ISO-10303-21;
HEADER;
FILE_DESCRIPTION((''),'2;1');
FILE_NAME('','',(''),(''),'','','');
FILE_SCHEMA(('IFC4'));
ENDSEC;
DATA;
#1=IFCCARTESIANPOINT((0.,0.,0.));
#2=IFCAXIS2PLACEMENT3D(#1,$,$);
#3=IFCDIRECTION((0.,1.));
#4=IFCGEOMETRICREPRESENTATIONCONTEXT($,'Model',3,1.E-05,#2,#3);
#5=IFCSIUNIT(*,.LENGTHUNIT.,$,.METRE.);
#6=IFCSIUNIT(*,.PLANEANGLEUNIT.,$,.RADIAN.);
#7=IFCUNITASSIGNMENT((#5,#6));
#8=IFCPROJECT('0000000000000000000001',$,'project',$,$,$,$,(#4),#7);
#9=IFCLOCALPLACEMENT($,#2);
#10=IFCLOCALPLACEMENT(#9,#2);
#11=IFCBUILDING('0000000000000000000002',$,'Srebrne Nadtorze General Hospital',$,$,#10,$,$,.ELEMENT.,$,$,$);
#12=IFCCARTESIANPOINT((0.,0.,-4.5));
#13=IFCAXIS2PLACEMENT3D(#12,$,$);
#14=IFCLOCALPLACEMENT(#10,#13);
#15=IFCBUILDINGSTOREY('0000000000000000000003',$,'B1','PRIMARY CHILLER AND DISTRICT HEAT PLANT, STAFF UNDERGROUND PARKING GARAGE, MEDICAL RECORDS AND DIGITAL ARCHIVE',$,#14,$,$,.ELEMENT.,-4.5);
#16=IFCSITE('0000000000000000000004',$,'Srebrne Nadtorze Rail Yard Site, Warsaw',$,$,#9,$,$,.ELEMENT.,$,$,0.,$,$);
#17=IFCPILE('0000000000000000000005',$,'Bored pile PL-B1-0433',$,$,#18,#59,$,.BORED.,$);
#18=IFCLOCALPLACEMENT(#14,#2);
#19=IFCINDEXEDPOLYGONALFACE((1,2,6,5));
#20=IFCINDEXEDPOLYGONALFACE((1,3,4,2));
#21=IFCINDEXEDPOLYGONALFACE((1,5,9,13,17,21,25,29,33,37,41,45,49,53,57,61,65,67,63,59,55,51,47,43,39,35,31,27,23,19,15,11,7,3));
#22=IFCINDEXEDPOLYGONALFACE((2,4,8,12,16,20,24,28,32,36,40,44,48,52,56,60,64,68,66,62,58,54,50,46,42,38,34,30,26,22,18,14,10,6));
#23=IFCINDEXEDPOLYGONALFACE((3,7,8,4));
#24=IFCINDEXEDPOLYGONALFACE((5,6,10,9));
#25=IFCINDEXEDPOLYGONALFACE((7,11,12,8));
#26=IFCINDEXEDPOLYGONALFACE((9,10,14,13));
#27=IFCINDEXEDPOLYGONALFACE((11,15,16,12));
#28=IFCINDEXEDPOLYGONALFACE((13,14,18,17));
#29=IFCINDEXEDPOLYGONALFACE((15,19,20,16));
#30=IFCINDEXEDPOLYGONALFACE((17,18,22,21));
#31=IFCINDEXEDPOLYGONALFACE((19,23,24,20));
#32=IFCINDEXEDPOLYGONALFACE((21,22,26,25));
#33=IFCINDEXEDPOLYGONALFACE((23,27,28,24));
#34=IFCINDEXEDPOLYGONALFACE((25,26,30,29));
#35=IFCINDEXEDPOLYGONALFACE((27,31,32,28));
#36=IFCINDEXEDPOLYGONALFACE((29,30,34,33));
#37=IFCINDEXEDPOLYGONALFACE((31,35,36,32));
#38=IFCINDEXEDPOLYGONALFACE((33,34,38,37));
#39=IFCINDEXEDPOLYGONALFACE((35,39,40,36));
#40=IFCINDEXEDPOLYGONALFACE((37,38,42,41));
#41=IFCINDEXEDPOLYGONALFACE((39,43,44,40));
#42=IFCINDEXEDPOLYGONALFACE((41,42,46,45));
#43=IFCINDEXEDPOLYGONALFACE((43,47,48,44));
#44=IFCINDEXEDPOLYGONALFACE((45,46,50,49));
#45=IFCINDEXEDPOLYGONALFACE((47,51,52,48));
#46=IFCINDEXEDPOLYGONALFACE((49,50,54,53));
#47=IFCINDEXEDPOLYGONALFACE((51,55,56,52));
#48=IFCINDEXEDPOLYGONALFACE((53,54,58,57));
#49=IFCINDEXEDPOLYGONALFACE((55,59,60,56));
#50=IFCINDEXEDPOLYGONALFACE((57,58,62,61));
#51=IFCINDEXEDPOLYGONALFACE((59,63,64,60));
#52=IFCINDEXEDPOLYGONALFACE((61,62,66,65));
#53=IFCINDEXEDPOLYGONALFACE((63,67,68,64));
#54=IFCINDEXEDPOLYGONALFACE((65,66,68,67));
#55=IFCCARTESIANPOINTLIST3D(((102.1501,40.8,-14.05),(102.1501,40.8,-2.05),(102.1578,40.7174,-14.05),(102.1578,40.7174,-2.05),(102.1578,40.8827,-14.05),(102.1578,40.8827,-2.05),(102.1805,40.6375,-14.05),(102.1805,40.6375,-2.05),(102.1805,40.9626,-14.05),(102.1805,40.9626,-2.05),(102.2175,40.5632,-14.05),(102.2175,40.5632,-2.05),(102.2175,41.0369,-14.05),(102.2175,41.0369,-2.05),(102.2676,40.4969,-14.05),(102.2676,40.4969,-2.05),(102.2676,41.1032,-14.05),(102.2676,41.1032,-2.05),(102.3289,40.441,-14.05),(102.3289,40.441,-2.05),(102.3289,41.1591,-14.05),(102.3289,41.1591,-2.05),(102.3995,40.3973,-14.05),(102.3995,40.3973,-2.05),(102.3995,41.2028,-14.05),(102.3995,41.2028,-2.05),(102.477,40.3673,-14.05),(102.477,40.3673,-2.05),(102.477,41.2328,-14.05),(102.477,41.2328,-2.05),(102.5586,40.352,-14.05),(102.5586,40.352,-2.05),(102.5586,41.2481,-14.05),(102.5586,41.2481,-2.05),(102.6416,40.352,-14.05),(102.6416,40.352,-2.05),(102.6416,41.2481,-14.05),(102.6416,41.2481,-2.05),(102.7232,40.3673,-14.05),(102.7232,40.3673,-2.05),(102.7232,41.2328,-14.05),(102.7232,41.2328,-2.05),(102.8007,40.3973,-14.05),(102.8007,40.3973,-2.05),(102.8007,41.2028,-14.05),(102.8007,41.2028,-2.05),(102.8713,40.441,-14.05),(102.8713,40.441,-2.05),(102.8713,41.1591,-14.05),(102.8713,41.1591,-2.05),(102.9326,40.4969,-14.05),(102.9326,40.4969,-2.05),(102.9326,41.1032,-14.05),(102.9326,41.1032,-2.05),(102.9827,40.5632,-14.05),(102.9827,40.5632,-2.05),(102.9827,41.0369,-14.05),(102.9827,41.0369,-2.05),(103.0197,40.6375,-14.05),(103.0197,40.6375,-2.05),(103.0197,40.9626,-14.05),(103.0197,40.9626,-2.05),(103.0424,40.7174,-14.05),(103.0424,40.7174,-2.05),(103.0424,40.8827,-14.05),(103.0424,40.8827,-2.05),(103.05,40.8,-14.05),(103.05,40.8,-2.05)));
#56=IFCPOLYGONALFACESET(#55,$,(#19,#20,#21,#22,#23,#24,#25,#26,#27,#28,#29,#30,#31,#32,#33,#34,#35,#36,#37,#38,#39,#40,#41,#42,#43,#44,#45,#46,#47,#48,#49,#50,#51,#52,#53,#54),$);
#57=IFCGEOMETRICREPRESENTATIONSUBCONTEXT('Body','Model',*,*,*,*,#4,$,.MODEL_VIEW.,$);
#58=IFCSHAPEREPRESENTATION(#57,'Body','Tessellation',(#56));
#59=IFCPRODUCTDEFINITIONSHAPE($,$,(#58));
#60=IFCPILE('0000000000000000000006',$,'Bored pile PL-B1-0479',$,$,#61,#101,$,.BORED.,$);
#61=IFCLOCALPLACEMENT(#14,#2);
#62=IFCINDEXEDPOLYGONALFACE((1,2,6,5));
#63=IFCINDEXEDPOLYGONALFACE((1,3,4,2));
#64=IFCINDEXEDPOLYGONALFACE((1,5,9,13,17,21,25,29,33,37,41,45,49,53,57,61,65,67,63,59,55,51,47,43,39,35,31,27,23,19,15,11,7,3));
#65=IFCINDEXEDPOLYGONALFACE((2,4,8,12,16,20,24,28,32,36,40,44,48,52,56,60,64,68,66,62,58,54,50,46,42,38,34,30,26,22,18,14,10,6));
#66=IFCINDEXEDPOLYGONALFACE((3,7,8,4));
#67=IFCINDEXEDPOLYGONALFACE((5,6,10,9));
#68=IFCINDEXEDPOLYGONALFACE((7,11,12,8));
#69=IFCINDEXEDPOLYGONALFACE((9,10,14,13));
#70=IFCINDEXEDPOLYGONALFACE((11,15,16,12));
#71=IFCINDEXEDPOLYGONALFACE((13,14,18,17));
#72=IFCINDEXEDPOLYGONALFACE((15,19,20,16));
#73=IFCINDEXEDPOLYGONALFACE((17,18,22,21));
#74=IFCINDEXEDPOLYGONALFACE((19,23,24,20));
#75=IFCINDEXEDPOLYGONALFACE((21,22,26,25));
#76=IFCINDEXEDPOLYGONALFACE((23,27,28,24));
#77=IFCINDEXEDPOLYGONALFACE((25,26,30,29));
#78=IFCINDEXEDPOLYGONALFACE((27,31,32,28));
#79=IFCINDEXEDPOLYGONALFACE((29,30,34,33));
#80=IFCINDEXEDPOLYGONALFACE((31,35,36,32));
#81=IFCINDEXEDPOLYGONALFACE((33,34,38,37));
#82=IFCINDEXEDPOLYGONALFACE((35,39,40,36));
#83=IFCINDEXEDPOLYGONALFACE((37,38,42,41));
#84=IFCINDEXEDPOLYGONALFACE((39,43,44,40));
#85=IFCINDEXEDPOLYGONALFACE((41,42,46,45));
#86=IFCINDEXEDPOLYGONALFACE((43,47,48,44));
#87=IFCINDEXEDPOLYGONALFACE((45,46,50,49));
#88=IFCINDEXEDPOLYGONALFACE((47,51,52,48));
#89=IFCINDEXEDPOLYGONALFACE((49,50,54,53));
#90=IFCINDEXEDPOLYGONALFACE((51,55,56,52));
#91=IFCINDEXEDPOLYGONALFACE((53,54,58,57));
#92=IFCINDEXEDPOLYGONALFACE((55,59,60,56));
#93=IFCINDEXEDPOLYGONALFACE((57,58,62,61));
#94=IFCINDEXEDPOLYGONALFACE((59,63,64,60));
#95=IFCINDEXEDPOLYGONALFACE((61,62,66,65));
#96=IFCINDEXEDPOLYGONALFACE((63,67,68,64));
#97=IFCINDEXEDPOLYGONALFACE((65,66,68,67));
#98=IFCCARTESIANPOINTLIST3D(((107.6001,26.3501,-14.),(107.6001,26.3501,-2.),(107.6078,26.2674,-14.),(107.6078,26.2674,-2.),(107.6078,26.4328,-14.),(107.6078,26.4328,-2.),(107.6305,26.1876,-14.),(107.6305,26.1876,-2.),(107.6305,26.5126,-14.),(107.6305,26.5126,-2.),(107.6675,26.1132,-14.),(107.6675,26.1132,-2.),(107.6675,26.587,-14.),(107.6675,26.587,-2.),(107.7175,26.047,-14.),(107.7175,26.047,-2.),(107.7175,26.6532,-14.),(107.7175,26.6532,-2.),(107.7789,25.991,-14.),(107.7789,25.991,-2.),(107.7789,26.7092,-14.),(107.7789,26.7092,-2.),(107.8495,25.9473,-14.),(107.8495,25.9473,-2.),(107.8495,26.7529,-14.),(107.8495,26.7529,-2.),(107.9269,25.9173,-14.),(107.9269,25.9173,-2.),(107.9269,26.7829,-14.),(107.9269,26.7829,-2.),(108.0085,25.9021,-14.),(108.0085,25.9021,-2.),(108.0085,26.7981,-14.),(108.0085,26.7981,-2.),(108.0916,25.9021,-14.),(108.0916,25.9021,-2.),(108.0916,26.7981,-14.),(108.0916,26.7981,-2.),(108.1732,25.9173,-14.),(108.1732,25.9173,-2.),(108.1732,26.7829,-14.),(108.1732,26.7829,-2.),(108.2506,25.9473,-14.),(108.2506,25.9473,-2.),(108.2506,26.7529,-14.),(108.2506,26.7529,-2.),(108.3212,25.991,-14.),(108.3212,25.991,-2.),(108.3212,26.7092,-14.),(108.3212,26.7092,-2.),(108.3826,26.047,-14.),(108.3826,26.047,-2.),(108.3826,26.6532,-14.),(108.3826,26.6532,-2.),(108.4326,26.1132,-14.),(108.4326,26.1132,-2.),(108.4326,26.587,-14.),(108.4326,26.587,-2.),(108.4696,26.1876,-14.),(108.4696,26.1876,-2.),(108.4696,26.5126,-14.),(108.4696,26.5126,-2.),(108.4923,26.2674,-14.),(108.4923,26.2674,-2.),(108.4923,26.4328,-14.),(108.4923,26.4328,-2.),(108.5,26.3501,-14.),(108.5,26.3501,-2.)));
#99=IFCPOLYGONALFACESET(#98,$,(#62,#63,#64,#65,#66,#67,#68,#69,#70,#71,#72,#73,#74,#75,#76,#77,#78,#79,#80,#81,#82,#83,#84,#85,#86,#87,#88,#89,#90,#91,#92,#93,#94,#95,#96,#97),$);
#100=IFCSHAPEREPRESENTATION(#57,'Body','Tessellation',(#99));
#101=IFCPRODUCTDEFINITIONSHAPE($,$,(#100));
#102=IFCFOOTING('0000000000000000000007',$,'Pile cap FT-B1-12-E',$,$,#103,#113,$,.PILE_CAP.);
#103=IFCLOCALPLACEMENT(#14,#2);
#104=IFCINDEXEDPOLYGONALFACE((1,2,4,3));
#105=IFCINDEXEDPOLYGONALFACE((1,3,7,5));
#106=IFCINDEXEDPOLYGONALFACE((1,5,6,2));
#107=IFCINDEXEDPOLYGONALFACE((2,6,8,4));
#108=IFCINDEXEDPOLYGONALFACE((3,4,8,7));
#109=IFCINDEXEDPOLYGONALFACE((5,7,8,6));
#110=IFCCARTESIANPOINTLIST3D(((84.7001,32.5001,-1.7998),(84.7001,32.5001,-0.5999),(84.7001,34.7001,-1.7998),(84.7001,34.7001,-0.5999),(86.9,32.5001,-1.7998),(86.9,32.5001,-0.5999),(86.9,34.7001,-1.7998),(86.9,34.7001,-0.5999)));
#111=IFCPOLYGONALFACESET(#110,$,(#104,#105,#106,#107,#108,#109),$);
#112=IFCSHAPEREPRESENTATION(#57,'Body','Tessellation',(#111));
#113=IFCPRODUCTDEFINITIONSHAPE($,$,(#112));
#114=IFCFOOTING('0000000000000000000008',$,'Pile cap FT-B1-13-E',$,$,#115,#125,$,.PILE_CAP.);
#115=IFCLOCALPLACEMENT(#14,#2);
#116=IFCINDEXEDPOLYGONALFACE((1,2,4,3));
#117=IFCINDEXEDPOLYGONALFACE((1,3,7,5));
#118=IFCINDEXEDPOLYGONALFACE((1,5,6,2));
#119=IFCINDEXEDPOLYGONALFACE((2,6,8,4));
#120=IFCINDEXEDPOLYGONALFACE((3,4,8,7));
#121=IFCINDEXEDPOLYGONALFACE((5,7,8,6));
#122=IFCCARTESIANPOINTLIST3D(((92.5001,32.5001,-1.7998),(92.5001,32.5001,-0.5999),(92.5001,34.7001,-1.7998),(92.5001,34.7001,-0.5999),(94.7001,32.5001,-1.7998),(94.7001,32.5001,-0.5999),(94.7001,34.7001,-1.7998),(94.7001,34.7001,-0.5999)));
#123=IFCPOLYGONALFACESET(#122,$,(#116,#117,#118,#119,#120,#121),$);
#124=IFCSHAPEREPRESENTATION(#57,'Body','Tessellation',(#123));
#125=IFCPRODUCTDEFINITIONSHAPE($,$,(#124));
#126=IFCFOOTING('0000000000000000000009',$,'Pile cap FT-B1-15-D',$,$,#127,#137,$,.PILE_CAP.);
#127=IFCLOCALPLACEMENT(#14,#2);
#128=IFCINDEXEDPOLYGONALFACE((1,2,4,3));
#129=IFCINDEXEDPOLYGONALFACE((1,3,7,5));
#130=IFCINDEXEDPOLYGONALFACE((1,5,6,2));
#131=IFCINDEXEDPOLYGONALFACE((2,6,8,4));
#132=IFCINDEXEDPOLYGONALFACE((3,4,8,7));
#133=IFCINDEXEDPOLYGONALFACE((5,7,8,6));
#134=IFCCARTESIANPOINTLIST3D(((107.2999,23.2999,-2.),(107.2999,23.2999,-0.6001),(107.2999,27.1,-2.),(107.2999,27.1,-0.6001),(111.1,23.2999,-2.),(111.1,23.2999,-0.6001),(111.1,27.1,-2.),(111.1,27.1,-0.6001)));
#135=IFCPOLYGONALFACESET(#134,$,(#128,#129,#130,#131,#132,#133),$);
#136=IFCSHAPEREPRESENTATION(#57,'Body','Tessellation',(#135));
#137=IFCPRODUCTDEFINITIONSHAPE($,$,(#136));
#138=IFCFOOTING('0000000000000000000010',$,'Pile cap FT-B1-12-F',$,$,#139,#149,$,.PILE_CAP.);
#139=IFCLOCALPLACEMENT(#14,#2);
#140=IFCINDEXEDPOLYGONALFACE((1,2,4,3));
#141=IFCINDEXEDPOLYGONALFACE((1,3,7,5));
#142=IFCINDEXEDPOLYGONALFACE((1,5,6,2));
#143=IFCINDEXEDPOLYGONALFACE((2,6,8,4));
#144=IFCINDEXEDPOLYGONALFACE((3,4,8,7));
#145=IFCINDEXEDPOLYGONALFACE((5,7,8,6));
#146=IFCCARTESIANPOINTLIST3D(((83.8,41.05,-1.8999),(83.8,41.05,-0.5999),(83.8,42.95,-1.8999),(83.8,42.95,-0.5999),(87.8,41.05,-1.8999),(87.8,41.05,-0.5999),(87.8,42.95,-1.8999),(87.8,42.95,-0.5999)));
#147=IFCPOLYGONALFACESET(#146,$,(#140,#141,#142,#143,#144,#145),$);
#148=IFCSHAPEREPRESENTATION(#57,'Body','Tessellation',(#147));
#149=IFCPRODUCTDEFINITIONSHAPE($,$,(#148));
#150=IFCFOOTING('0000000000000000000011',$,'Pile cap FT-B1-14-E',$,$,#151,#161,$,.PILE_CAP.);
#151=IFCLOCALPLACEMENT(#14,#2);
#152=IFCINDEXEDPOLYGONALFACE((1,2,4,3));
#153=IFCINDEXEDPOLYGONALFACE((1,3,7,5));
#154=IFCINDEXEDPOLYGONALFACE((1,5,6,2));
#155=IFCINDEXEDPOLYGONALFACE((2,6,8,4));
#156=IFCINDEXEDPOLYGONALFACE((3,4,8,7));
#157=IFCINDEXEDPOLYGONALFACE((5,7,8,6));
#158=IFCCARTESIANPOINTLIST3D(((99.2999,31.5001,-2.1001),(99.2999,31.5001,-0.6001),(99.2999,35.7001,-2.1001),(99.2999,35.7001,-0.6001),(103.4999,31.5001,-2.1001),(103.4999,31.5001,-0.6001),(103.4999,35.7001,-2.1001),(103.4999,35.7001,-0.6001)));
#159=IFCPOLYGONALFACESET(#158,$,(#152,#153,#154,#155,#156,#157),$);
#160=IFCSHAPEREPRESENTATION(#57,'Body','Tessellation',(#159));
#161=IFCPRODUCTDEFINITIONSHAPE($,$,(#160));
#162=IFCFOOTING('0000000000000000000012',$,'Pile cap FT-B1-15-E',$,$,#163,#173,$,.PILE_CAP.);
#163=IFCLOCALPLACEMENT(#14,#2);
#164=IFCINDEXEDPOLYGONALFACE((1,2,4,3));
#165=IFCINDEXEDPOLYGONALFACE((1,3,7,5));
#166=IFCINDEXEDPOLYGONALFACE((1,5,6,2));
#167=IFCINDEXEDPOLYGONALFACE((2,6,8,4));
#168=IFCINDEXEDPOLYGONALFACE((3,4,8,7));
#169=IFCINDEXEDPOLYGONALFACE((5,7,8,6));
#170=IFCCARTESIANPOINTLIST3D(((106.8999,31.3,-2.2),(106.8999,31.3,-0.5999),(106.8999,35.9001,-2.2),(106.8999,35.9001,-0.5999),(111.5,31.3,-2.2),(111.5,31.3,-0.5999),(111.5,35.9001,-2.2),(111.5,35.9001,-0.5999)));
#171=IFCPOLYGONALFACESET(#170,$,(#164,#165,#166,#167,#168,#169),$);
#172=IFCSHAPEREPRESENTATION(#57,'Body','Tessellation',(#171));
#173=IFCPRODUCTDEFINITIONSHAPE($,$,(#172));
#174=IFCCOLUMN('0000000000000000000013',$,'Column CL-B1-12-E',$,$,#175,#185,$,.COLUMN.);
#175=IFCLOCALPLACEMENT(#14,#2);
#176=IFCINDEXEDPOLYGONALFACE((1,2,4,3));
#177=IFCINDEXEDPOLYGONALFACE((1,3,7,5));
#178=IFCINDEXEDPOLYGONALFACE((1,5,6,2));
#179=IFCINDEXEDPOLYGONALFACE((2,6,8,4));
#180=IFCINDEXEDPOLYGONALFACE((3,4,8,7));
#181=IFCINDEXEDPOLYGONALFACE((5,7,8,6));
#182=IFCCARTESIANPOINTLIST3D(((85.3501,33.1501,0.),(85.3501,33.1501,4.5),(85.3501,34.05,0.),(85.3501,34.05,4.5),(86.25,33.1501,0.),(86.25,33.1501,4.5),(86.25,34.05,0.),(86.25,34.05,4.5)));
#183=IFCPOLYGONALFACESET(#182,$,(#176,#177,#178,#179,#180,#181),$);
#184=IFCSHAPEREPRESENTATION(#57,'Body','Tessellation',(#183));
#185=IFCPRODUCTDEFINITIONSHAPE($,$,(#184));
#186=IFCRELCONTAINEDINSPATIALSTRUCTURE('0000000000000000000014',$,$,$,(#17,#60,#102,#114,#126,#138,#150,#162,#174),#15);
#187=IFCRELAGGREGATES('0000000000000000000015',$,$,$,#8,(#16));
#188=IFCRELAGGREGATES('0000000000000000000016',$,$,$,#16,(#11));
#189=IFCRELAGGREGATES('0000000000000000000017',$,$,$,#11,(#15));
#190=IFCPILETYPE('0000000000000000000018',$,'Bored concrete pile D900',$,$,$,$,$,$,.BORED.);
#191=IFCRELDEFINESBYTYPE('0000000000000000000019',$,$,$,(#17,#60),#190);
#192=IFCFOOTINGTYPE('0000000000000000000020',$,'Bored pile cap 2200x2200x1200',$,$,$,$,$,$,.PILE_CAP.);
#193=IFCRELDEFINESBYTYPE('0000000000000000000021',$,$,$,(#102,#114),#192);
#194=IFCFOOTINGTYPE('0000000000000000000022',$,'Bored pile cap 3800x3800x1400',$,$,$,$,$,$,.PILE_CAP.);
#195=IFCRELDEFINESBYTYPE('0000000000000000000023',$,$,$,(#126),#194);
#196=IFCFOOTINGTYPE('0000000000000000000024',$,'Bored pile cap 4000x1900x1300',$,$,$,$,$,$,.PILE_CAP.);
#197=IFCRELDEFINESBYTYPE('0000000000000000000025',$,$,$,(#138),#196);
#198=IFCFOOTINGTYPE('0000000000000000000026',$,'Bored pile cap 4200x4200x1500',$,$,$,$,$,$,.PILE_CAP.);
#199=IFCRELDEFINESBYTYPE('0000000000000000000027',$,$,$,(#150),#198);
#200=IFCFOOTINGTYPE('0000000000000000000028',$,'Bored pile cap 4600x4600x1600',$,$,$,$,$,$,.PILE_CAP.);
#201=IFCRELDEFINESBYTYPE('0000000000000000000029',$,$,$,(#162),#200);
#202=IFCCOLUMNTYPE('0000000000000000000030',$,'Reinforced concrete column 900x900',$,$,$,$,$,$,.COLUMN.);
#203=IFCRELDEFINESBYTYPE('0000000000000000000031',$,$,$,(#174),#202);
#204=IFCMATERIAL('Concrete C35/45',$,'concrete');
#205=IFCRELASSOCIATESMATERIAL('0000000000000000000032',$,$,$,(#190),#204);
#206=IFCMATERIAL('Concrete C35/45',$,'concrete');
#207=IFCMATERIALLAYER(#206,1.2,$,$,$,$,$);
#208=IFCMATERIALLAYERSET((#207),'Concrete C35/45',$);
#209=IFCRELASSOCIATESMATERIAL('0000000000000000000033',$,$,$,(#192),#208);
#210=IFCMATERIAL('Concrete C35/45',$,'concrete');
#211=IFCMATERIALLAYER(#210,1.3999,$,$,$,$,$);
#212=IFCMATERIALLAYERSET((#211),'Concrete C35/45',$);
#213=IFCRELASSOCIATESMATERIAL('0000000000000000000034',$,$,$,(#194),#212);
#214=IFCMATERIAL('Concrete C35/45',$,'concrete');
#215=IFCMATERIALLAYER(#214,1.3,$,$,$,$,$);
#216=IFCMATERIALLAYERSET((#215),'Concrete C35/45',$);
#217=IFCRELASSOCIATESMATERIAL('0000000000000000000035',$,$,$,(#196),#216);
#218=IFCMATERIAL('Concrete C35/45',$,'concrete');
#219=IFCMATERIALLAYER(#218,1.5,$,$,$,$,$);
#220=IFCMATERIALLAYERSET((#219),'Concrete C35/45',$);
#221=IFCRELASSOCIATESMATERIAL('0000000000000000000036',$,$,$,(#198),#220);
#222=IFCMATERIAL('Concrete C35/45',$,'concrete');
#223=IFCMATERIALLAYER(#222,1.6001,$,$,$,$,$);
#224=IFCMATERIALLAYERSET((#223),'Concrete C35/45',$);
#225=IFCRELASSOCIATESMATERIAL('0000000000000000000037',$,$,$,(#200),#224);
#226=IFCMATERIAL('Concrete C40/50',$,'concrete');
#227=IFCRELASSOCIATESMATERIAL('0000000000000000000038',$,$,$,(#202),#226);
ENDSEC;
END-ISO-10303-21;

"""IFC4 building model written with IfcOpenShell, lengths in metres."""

from ifc_helpers import new_model, si_unit, direction, frame, origin, origin_2d, place, context, subcontext, project, spatial, rectangle, circle, extrude, material, layer, layer_set, material_profile, profile_set, type_object, element, save


model = new_model("IFC4")

# Units and contexts
model_context = context("Model", 3, precision=1e-05, world=origin(), true_north=direction((0.0, 1.0)))
body_context = subcontext(model_context, "Body", "Model", "MODEL_VIEW")
ifc_project = project(units=[si_unit("LENGTHUNIT", "METRE"), si_unit("PLANEANGLEUNIT", "RADIAN")], contexts=[model_context])

# Site, building, storey
site_placement = place(None, origin())
site = spatial("IfcSite", under=ifc_project, at=site_placement, Name="Srebrne Nadtorze Rail Yard Site, Warsaw", CompositionType="ELEMENT", RefElevation=0.0)
building_placement = place(site_placement, origin())
building = spatial("IfcBuilding", under=site, at=building_placement, Name="Srebrne Nadtorze General Hospital", CompositionType="ELEMENT")
storey_placement = place(building_placement, frame((0.0, 0.0, -4.5)))
storey = spatial("IfcBuildingStorey", under=building, at=storey_placement, Name="B1", Description="PRIMARY CHILLER AND DISTRICT HEAT PLANT, STAFF UNDERGROUND PARKING GARAGE, MEDICAL RECORDS AND DIGITAL ARCHIVE", CompositionType="ELEMENT", Elevation=-4.5)

# Piles
ifc_material_1 = material(Name="Concrete C35/45", Category="concrete")
ifc_material_profile_1 = material_profile(ifc_material_1, circle(Radius=0.45, at=origin_2d()), Name="PILE-D900")
ifc_profile_set_1 = profile_set([ifc_material_profile_1], Name="Concrete C35/45")
pile_type_1 = type_object("IfcPileType", Name="Bored concrete pile D900", PredefinedType="BORED", material=ifc_profile_set_1)
for number, where, z_axis, x_axis, name in (
    (1, (102.6001, 40.8, -2.05), (0.0, 0.0, -1.0), (1.0, 0.0, 0.0), "Bored pile PL-B1-0433"),
    (2, (108.05, 26.3501, -2.0), (0.0, 0.0, -1.0), (1.0, 0.0, 0.0), "Bored pile PL-B1-0479"),
):
    element("IfcPile", number, at=place(storey_placement, frame(where, z_axis=z_axis, x_axis=x_axis)), inside=storey, type_object=pile_type_1, Name=name, PredefinedType="BORED", context=body_context, shape_type="SweptSolid", body=[
        extrude(circle(Radius=0.45, at=origin_2d()), origin(), (0.0, 0.0, 1.0), 12.0),
    ])

# Footings
ifc_material_2 = material(Name="Concrete C35/45", Category="concrete")
ifc_layer_1 = layer(ifc_material_2, 1.2)
ifc_layer_set_1 = layer_set([ifc_layer_1], Name="Concrete C35/45")
footing_type_1 = type_object("IfcFootingType", Name="Bored pile cap 2200x2200x1200", PredefinedType="PILE_CAP", material=ifc_layer_set_1)
for number, where, z_axis, x_axis, name in (
    (3, (85.8, 33.6001, -1.7998), (0.0, 0.0, 1.0), (1.0, 0.0, 0.0), "Pile cap FT-B1-12-E"),
    (4, (93.6001, 33.6001, -1.7998), (0.0, 0.0, 1.0), (1.0, 0.0, 0.0), "Pile cap FT-B1-13-E"),
):
    element("IfcFooting", number, at=place(storey_placement, frame(where, z_axis=z_axis, x_axis=x_axis)), inside=storey, type_object=footing_type_1, Name=name, PredefinedType="PILE_CAP", context=body_context, shape_type="SweptSolid", body=[
        extrude(rectangle(XDim=2.2, YDim=2.2, at=origin_2d()), origin(), (0.0, 0.0, 1.0), 1.2),
    ])
ifc_material_3 = material(Name="Concrete C35/45", Category="concrete")
ifc_layer_2 = layer(ifc_material_3, 1.3999)
ifc_layer_set_2 = layer_set([ifc_layer_2], Name="Concrete C35/45")
footing_type_2 = type_object("IfcFootingType", Name="Bored pile cap 3800x3800x1400", PredefinedType="PILE_CAP", material=ifc_layer_set_2)
footing_1_placement = place(storey_placement, frame((109.2, 25.2, -2.0), z_axis=(0.0, 0.0, 1.0), x_axis=(1.0, 0.0, 0.0)))
element("IfcFooting", 5, at=footing_1_placement, inside=storey, type_object=footing_type_2, Name="Pile cap FT-B1-15-D", PredefinedType="PILE_CAP", context=body_context, shape_type="SweptSolid", body=[
    extrude(rectangle(XDim=3.8, YDim=3.8, at=origin_2d()), origin(), (0.0, 0.0, 1.0), 1.3999),
])
ifc_material_4 = material(Name="Concrete C35/45", Category="concrete")
ifc_layer_3 = layer(ifc_material_4, 1.3)
ifc_layer_set_3 = layer_set([ifc_layer_3], Name="Concrete C35/45")
footing_type_3 = type_object("IfcFootingType", Name="Bored pile cap 4000x1900x1300", PredefinedType="PILE_CAP", material=ifc_layer_set_3)
footing_2_placement = place(storey_placement, frame((85.8, 42.0, -1.8999), z_axis=(0.0, 0.0, 1.0), x_axis=(1.0, 0.0, 0.0)))
element("IfcFooting", 6, at=footing_2_placement, inside=storey, type_object=footing_type_3, Name="Pile cap FT-B1-12-F", PredefinedType="PILE_CAP", context=body_context, shape_type="SweptSolid", body=[
    extrude(rectangle(XDim=4.0, YDim=1.8999, at=origin_2d()), origin(), (0.0, 0.0, 1.0), 1.3),
])
ifc_material_5 = material(Name="Concrete C35/45", Category="concrete")
ifc_layer_4 = layer(ifc_material_5, 1.5)
ifc_layer_set_4 = layer_set([ifc_layer_4], Name="Concrete C35/45")
footing_type_4 = type_object("IfcFootingType", Name="Bored pile cap 4200x4200x1500", PredefinedType="PILE_CAP", material=ifc_layer_set_4)
footing_3_placement = place(storey_placement, frame((101.3999, 33.6001, -2.1001), z_axis=(0.0, 0.0, 1.0), x_axis=(1.0, 0.0, 0.0)))
element("IfcFooting", 7, at=footing_3_placement, inside=storey, type_object=footing_type_4, Name="Pile cap FT-B1-14-E", PredefinedType="PILE_CAP", context=body_context, shape_type="SweptSolid", body=[
    extrude(rectangle(XDim=4.2, YDim=4.2, at=origin_2d()), origin(), (0.0, 0.0, 1.0), 1.5),
])
ifc_material_6 = material(Name="Concrete C35/45", Category="concrete")
ifc_layer_5 = layer(ifc_material_6, 1.6001)
ifc_layer_set_5 = layer_set([ifc_layer_5], Name="Concrete C35/45")
footing_type_5 = type_object("IfcFootingType", Name="Bored pile cap 4600x4600x1600", PredefinedType="PILE_CAP", material=ifc_layer_set_5)
footing_4_placement = place(storey_placement, frame((109.2, 33.6001, -2.2), z_axis=(0.0, 0.0, 1.0), x_axis=(1.0, 0.0, 0.0)))
element("IfcFooting", 8, at=footing_4_placement, inside=storey, type_object=footing_type_5, Name="Pile cap FT-B1-15-E", PredefinedType="PILE_CAP", context=body_context, shape_type="SweptSolid", body=[
    extrude(rectangle(XDim=4.6001, YDim=4.6001, at=origin_2d()), origin(), (0.0, 0.0, 1.0), 1.6001),
])

# Column
ifc_material_7 = material(Name="Concrete C40/50", Category="concrete")
ifc_material_profile_2 = material_profile(ifc_material_7, rectangle(XDim=0.8999, YDim=0.8999, at=origin_2d()), Name="RC-COL-900x900")
ifc_profile_set_2 = profile_set([ifc_material_profile_2], Name="Concrete C40/50")
column_type_1 = type_object("IfcColumnType", Name="Reinforced concrete column 900x900", PredefinedType="COLUMN", material=ifc_profile_set_2)
for number, where, z_axis, x_axis, name in (
    (9, (85.8, 33.6001, 0.0), (0.0, 0.0, 1.0), (1.0, 0.0, 0.0), "Column CL-B1-12-E"),
):
    element("IfcColumn", number, at=place(storey_placement, frame(where, z_axis=z_axis, x_axis=x_axis)), inside=storey, type_object=column_type_1, Name=name, PredefinedType="COLUMN", context=body_context, shape_type="SweptSolid", body=[
        extrude(rectangle(XDim=0.8999, YDim=0.8999, at=origin_2d()), origin(), (0.0, 0.0, 1.0), 4.5),
    ])

save(model, "model.ifc")
